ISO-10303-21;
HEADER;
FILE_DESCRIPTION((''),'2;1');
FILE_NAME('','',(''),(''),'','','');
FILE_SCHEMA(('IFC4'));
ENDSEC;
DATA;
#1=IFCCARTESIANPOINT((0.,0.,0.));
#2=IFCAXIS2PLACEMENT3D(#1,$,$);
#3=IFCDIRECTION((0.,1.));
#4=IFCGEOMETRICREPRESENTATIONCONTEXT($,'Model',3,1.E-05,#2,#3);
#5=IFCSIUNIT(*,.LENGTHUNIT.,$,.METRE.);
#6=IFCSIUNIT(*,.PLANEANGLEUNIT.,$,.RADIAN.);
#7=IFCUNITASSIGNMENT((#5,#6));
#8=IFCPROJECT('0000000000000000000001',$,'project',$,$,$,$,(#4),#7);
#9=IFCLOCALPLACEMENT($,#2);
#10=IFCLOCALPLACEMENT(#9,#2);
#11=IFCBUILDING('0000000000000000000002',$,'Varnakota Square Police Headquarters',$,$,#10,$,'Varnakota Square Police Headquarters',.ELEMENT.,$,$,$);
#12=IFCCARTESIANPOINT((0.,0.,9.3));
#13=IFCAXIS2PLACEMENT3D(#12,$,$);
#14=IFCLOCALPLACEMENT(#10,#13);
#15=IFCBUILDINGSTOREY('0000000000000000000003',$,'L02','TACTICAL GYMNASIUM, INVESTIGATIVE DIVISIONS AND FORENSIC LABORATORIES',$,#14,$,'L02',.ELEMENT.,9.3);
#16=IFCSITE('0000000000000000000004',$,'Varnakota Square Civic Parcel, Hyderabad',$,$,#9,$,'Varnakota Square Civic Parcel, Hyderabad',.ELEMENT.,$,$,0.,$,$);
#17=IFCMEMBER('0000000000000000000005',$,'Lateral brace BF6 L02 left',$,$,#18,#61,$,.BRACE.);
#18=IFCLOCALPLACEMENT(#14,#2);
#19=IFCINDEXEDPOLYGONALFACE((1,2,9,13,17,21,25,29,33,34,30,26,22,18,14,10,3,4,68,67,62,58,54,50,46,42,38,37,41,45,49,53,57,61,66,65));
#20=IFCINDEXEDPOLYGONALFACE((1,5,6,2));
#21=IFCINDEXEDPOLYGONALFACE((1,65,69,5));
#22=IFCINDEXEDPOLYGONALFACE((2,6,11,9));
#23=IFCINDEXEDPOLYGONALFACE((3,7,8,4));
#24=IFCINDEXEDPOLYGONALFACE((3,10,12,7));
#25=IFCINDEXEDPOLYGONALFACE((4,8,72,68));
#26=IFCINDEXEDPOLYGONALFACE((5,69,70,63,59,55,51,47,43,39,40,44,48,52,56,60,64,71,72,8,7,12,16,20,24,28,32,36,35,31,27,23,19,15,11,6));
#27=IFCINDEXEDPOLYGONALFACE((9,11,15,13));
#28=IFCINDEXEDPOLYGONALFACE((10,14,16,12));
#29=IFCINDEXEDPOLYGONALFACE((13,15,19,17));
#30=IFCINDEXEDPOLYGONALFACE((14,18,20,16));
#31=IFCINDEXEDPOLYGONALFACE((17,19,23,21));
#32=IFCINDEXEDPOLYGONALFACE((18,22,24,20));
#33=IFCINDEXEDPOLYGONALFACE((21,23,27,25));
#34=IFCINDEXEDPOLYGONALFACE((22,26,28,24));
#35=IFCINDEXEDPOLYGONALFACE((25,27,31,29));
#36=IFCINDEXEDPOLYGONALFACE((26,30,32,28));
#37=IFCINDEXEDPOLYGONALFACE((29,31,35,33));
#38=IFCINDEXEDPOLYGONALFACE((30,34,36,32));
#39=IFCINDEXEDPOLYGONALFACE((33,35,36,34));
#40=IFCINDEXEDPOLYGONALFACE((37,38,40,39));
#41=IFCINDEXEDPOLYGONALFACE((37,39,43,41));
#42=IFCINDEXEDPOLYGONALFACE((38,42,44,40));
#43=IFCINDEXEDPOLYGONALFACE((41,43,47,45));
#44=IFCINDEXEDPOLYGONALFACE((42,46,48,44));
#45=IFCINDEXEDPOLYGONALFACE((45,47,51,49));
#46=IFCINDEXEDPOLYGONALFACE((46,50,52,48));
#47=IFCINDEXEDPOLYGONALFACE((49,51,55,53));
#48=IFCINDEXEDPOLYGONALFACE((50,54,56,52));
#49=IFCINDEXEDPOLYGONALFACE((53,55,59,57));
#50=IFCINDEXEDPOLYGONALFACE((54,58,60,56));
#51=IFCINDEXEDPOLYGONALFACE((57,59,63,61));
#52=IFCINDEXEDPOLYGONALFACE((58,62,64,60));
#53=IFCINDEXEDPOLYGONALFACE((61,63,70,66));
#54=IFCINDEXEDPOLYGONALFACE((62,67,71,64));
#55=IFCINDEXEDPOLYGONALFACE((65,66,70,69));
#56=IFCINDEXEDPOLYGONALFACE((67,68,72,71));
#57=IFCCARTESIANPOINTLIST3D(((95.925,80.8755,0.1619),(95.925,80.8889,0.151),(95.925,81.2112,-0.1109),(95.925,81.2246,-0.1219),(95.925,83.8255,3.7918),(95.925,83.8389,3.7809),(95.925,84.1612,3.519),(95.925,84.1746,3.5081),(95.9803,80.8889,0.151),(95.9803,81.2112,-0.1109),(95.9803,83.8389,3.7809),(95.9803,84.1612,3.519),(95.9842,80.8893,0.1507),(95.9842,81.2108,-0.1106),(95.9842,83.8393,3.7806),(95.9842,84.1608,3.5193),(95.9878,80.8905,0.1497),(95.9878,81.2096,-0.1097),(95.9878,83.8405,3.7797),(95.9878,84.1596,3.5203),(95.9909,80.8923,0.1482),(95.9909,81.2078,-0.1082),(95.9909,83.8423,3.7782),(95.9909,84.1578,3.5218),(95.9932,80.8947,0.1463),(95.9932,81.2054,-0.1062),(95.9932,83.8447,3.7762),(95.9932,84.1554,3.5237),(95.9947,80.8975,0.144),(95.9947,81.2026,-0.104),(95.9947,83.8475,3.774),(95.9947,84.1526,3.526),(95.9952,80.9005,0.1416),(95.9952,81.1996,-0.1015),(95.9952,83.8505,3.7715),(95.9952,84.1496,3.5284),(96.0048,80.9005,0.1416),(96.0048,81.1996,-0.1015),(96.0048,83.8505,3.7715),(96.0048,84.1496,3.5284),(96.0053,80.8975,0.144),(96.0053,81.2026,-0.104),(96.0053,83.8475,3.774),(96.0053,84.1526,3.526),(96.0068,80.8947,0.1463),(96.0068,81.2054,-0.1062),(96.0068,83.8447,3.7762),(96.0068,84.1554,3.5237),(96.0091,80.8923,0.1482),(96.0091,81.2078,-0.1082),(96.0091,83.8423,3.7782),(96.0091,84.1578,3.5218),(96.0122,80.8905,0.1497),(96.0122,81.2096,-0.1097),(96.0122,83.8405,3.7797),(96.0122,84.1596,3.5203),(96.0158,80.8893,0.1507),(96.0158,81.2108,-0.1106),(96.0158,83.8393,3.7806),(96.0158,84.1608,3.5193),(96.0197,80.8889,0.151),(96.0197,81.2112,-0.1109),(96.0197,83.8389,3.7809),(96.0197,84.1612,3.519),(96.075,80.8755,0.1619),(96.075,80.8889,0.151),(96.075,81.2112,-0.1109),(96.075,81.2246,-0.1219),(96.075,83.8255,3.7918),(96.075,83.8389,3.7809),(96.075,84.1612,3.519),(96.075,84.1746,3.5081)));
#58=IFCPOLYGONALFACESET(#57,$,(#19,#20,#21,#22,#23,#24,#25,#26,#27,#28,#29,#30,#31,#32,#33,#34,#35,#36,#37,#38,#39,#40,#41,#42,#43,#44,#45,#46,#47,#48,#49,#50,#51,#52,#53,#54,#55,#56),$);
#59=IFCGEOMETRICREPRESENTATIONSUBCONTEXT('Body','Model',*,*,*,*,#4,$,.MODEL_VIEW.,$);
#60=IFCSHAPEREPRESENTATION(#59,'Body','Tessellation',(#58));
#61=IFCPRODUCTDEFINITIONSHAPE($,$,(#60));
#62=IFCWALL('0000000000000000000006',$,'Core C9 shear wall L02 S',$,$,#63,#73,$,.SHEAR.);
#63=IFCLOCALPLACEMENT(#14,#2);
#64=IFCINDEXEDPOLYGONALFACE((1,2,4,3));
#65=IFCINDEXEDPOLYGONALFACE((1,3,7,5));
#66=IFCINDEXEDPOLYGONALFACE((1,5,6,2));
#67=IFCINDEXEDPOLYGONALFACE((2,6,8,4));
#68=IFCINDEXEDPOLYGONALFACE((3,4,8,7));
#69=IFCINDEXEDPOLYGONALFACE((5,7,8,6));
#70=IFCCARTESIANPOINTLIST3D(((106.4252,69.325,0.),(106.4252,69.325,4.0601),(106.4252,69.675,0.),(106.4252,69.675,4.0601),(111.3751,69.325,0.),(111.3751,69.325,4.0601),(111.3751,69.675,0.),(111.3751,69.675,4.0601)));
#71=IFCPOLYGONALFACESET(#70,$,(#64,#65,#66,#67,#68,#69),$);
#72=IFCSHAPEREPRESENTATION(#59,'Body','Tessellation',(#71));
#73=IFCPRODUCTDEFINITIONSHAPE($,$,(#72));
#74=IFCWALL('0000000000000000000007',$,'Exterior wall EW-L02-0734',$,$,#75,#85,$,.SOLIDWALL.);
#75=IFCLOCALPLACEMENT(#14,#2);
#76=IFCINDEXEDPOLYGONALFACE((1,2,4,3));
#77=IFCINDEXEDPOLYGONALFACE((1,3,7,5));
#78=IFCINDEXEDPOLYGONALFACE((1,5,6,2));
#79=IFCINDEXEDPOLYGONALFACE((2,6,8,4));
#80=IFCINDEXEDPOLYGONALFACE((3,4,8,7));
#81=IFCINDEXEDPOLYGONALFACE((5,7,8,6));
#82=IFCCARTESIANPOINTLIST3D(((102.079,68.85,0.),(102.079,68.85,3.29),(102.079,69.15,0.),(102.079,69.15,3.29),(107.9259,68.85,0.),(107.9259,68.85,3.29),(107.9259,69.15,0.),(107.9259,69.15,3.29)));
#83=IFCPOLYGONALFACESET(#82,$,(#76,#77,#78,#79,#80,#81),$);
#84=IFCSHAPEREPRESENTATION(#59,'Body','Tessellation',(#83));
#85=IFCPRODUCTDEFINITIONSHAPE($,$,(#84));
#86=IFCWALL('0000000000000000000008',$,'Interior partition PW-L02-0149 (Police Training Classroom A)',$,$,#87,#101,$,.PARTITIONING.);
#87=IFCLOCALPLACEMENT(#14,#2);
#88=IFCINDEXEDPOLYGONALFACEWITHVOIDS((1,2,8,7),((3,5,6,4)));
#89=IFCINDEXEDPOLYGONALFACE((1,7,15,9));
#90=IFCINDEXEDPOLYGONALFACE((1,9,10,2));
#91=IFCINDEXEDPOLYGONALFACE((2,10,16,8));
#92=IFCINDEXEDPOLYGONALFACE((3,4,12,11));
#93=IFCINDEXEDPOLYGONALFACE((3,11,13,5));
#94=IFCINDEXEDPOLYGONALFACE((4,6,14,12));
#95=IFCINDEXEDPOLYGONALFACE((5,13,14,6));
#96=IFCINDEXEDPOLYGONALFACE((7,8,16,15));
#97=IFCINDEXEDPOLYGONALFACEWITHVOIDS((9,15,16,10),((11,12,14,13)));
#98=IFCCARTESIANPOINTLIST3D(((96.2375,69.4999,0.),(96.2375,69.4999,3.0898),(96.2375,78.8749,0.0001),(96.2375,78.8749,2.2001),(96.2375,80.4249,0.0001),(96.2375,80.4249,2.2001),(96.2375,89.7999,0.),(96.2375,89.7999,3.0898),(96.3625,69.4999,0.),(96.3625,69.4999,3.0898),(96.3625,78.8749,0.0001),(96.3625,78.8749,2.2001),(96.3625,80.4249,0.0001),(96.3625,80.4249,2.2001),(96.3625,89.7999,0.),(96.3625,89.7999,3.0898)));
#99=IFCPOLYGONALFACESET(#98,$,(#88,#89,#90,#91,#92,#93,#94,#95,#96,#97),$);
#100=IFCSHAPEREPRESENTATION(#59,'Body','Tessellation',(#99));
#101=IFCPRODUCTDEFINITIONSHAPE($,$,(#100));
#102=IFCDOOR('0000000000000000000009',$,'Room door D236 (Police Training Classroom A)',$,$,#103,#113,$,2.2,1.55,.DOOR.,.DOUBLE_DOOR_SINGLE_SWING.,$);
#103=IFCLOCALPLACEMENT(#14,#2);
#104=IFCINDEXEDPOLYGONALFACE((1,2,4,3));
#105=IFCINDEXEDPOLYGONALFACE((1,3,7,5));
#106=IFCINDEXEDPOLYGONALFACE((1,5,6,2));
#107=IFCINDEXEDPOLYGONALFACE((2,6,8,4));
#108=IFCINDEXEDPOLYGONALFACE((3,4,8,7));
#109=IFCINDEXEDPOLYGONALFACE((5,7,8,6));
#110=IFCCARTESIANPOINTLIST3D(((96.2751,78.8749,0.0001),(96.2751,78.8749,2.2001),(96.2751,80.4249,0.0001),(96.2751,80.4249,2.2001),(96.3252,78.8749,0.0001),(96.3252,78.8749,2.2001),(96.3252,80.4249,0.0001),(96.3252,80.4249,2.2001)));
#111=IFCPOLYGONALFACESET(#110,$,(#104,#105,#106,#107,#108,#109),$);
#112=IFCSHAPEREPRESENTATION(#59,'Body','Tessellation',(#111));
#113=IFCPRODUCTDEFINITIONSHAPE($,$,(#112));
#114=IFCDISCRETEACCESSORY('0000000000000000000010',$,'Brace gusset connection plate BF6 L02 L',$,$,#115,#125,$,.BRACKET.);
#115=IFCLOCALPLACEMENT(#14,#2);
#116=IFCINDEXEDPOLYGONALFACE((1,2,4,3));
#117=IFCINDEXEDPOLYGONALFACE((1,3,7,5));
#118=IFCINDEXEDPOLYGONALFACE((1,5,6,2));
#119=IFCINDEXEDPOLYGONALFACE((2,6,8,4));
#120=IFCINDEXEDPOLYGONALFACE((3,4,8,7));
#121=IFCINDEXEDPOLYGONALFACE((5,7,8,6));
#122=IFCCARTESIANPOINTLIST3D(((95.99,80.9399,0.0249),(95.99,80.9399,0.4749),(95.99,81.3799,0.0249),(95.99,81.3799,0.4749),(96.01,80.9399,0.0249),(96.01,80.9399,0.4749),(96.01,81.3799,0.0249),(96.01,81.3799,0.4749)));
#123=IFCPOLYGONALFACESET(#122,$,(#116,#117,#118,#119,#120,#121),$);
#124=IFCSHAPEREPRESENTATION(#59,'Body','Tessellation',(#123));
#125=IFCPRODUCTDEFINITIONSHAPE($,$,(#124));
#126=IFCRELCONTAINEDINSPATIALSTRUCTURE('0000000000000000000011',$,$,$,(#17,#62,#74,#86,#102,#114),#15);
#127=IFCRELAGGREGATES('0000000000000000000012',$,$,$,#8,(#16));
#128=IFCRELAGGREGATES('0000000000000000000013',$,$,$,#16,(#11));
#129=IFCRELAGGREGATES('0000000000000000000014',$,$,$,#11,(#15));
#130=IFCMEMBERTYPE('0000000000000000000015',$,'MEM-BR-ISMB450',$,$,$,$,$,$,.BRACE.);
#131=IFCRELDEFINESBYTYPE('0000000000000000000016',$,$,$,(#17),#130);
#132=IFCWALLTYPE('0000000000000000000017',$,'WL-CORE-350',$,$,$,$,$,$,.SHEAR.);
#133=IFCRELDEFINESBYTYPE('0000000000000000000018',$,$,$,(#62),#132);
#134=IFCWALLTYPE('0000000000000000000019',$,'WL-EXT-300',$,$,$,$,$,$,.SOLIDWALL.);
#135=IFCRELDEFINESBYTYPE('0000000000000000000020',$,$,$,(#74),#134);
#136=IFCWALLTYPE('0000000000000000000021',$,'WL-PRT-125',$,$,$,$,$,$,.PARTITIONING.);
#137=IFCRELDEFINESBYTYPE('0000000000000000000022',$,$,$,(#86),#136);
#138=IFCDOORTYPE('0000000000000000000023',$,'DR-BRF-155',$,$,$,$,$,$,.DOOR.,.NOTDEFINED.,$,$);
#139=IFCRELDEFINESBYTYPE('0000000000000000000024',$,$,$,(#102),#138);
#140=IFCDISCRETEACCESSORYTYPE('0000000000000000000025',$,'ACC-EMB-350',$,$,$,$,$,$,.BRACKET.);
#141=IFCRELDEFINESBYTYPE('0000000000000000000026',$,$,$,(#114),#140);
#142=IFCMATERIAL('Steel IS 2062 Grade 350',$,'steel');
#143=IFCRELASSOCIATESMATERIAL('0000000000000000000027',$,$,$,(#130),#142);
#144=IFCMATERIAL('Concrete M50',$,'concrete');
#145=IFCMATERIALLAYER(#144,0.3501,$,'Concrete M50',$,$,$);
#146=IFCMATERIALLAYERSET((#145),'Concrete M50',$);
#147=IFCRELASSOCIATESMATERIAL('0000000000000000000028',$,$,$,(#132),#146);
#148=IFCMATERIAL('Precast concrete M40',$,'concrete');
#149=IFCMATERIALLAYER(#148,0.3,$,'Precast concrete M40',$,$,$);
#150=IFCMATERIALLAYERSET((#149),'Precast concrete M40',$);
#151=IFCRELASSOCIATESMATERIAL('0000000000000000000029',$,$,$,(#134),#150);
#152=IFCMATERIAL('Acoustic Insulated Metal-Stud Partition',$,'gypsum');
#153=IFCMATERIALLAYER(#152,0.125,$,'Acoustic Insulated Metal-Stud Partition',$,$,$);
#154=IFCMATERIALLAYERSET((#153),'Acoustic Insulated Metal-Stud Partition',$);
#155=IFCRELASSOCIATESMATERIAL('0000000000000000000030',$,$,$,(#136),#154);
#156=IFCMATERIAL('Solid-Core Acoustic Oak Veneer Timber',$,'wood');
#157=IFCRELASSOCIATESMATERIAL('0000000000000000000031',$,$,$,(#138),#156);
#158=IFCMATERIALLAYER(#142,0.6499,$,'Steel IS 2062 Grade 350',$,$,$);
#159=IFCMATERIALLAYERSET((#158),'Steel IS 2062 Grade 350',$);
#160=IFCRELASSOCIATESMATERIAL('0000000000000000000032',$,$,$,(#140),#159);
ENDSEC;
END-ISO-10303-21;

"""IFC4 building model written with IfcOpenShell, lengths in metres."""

from ifc_helpers import new_model, si_unit, direction, frame, frame_2d, origin, origin_2d, place, context, subcontext, project, spatial, rectangle, i_section, extrude, material, layer, layer_set, material_profile, profile_set, type_object, element, fill, save


model = new_model("IFC4")

# Units and contexts
model_context = context("Model", 3, precision=1e-05, world=origin(), true_north=direction((0.0, 1.0)))
body_context = subcontext(model_context, "Body", "Model", "MODEL_VIEW")
ifc_project = project(units=[si_unit("LENGTHUNIT", "METRE"), si_unit("PLANEANGLEUNIT", "RADIAN")], contexts=[model_context])

# Site, building, storey
site_placement = place(None, origin())
site = spatial("IfcSite", under=ifc_project, at=site_placement, Name="Varnakota Square Civic Parcel, Hyderabad", LongName="Varnakota Square Civic Parcel, Hyderabad", CompositionType="ELEMENT", RefElevation=0.0)
building_placement = place(site_placement, origin())
building = spatial("IfcBuilding", under=site, at=building_placement, Name="Varnakota Square Police Headquarters", LongName="Varnakota Square Police Headquarters", CompositionType="ELEMENT")
storey_placement = place(building_placement, frame((0.0, 0.0, 9.3)))
storey = spatial("IfcBuildingStorey", under=building, at=storey_placement, Name="L02", Description="TACTICAL GYMNASIUM, INVESTIGATIVE DIVISIONS AND FORENSIC LABORATORIES", LongName="L02", CompositionType="ELEMENT", Elevation=9.3)

# Shared definitions
ifc_material_1 = material(Name="Steel IS 2062 Grade 350", Category="steel")

# Member
ifc_material_profile_1 = material_profile(ifc_material_1, i_section(OverallWidth=0.1499, OverallDepth=0.45, WebThickness=0.0095, FlangeThickness=0.0173, FilletRadius=0.0149, at=origin_2d()), Name="ISMB 450")
ifc_profile_set_1 = profile_set([ifc_material_profile_1], Name="Steel IS 2062 Grade 350")
member_type = type_object("IfcMemberType", Name="MEM-BR-ISMB450", PredefinedType="BRACE", material=ifc_profile_set_1)
member_placement = place(storey_placement, frame((96.0, 81.05, 0.02), z_axis=(0.0, 0.630679, 0.776044), x_axis=(-1.0, 0.0, 0.0)))
element("IfcMember", 1, at=member_placement, inside=storey, type_object=member_type, Name="Lateral brace BF6 L02 left", PredefinedType="BRACE", context=body_context, shape_type="SweptSolid", body=[
    extrude(i_section(OverallWidth=0.1499, OverallDepth=0.45, WebThickness=0.0095, FlangeThickness=0.0173, FilletRadius=0.0149, at=origin_2d()), origin(), (0.0, 0.0, 1.0), 4.6775),
])

# Walls
ifc_material_2 = material(Name="Concrete M50", Category="concrete")
ifc_layer_1 = layer(ifc_material_2, 0.3501, Name="Concrete M50")
ifc_layer_set_1 = layer_set([ifc_layer_1], Name="Concrete M50")
wall_type_1 = type_object("IfcWallType", Name="WL-CORE-350", PredefinedType="SHEAR", material=ifc_layer_set_1)
wall_1_placement = place(storey_placement, frame((106.425, 69.5, 0.0), z_axis=(0.0, 0.0, 1.0), x_axis=(1.0, 0.0, 0.0)))
element("IfcWall", 2, at=wall_1_placement, inside=storey, type_object=wall_type_1, Name="Core C9 shear wall L02 S", PredefinedType="SHEAR", context=body_context, shape_type="SweptSolid", body=[
    extrude(rectangle(XDim=4.95, YDim=0.3501, at=frame_2d((2.4751, 0.0))), origin(), (0.0, 0.0, 1.0), 4.0601),
])
ifc_material_3 = material(Name="Precast concrete M40", Category="concrete")
ifc_layer_2 = layer(ifc_material_3, 0.3, Name="Precast concrete M40")
ifc_layer_set_2 = layer_set([ifc_layer_2], Name="Precast concrete M40")
wall_type_2 = type_object("IfcWallType", Name="WL-EXT-300", PredefinedType="SOLIDWALL", material=ifc_layer_set_2)
wall_2_placement = place(storey_placement, frame((102.0791, 69.0, 0.0), z_axis=(0.0, 0.0, 1.0), x_axis=(1.0, 0.0, 0.0)))
element("IfcWall", 3, at=wall_2_placement, inside=storey, type_object=wall_type_2, Name="Exterior wall EW-L02-0734", PredefinedType="SOLIDWALL", context=body_context, shape_type="SweptSolid", body=[
    extrude(rectangle(XDim=5.8469, YDim=0.3, at=frame_2d((2.9233, 0.0))), origin(), (0.0, 0.0, 1.0), 3.29),
])

# Wall, opening, door
ifc_material_4 = material(Name="Acoustic Insulated Metal-Stud Partition", Category="gypsum")
ifc_layer_3 = layer(ifc_material_4, 0.125, Name="Acoustic Insulated Metal-Stud Partition")
ifc_layer_set_3 = layer_set([ifc_layer_3], Name="Acoustic Insulated Metal-Stud Partition")
wall_type_3 = type_object("IfcWallType", Name="WL-PRT-125", PredefinedType="PARTITIONING", material=ifc_layer_set_3)
wall_3_placement = place(storey_placement, frame((96.3, 69.5, 0.0), z_axis=(0.0, 0.0, 1.0), x_axis=(0.0, 1.0, 0.0)))
wall_3 = element("IfcWall", 4, at=wall_3_placement, inside=storey, type_object=wall_type_3, Name="Interior partition PW-L02-0149 (Police Training Classroom A)", PredefinedType="PARTITIONING", context=body_context, shape_type="SweptSolid", body=[
    extrude(rectangle(XDim=20.3, YDim=0.125, at=frame_2d((10.1499, 0.0))), origin(), (0.0, 0.0, 1.0), 3.0898),
])
opening_placement = place(wall_3_placement, frame((9.375, 0.0, 0.0)))
opening = element("IfcOpeningElement", 5, at=opening_placement, cuts=wall_3, PredefinedType="OPENING", context=body_context, shape_type="SweptSolid", body=[
    extrude(rectangle(XDim=1.55, YDim=2.2, at=frame_2d((0.7749, 1.1001))), frame((0.0, 0.0725, 0.0), z_axis=(0.0, -1.0, 0.0), x_axis=(1.0, 0.0, 0.0)), (0.0, 0.0, 1.0), 0.145),
])
ifc_material_5 = material(Name="Solid-Core Acoustic Oak Veneer Timber", Category="wood")
door_type = type_object("IfcDoorType", Name="DR-BRF-155", OperationType="NOTDEFINED", PredefinedType="DOOR", material=ifc_material_5)
door_placement = place(opening_placement, origin())
door = element("IfcDoor", 6, at=door_placement, inside=storey, type_object=door_type, Name="Room door D236 (Police Training Classroom A)", OperationType="DOUBLE_DOOR_SINGLE_SWING", OverallHeight=2.2, OverallWidth=1.55, PredefinedType="DOOR", context=body_context, shape_type="SweptSolid", body=[
    extrude(rectangle(XDim=1.55, YDim=2.2, at=frame_2d((0.7749, 1.1001))), frame((0.0, 0.0249, 0.0), z_axis=(0.0, -1.0, 0.0), x_axis=(1.0, 0.0, 0.0)), (0.0, 0.0, 1.0), 0.05),
])
fill(opening, door)

# Discrete accessory
ifc_layer_4 = layer(ifc_material_1, 0.6499, Name="Steel IS 2062 Grade 350")
ifc_layer_set_4 = layer_set([ifc_layer_4], Name="Steel IS 2062 Grade 350")
discrete_accessory_type = type_object("IfcDiscreteAccessoryType", Name="ACC-EMB-350", PredefinedType="BRACKET", material=ifc_layer_set_4)
discrete_accessory_placement = place(storey_placement, frame((96.0, 81.1599, 0.0249), z_axis=(0.0, 0.0, 1.0), x_axis=(0.0, 1.0, 0.0)))
element("IfcDiscreteAccessory", 7, at=discrete_accessory_placement, inside=storey, type_object=discrete_accessory_type, Name="Brace gusset connection plate BF6 L02 L", PredefinedType="BRACKET", context=body_context, shape_type="SweptSolid", body=[
    extrude(rectangle(XDim=0.4399, YDim=0.02, at=origin_2d()), origin(), (0.0, 0.0, 1.0), 0.45),
])

save(model, "model.ifc")
